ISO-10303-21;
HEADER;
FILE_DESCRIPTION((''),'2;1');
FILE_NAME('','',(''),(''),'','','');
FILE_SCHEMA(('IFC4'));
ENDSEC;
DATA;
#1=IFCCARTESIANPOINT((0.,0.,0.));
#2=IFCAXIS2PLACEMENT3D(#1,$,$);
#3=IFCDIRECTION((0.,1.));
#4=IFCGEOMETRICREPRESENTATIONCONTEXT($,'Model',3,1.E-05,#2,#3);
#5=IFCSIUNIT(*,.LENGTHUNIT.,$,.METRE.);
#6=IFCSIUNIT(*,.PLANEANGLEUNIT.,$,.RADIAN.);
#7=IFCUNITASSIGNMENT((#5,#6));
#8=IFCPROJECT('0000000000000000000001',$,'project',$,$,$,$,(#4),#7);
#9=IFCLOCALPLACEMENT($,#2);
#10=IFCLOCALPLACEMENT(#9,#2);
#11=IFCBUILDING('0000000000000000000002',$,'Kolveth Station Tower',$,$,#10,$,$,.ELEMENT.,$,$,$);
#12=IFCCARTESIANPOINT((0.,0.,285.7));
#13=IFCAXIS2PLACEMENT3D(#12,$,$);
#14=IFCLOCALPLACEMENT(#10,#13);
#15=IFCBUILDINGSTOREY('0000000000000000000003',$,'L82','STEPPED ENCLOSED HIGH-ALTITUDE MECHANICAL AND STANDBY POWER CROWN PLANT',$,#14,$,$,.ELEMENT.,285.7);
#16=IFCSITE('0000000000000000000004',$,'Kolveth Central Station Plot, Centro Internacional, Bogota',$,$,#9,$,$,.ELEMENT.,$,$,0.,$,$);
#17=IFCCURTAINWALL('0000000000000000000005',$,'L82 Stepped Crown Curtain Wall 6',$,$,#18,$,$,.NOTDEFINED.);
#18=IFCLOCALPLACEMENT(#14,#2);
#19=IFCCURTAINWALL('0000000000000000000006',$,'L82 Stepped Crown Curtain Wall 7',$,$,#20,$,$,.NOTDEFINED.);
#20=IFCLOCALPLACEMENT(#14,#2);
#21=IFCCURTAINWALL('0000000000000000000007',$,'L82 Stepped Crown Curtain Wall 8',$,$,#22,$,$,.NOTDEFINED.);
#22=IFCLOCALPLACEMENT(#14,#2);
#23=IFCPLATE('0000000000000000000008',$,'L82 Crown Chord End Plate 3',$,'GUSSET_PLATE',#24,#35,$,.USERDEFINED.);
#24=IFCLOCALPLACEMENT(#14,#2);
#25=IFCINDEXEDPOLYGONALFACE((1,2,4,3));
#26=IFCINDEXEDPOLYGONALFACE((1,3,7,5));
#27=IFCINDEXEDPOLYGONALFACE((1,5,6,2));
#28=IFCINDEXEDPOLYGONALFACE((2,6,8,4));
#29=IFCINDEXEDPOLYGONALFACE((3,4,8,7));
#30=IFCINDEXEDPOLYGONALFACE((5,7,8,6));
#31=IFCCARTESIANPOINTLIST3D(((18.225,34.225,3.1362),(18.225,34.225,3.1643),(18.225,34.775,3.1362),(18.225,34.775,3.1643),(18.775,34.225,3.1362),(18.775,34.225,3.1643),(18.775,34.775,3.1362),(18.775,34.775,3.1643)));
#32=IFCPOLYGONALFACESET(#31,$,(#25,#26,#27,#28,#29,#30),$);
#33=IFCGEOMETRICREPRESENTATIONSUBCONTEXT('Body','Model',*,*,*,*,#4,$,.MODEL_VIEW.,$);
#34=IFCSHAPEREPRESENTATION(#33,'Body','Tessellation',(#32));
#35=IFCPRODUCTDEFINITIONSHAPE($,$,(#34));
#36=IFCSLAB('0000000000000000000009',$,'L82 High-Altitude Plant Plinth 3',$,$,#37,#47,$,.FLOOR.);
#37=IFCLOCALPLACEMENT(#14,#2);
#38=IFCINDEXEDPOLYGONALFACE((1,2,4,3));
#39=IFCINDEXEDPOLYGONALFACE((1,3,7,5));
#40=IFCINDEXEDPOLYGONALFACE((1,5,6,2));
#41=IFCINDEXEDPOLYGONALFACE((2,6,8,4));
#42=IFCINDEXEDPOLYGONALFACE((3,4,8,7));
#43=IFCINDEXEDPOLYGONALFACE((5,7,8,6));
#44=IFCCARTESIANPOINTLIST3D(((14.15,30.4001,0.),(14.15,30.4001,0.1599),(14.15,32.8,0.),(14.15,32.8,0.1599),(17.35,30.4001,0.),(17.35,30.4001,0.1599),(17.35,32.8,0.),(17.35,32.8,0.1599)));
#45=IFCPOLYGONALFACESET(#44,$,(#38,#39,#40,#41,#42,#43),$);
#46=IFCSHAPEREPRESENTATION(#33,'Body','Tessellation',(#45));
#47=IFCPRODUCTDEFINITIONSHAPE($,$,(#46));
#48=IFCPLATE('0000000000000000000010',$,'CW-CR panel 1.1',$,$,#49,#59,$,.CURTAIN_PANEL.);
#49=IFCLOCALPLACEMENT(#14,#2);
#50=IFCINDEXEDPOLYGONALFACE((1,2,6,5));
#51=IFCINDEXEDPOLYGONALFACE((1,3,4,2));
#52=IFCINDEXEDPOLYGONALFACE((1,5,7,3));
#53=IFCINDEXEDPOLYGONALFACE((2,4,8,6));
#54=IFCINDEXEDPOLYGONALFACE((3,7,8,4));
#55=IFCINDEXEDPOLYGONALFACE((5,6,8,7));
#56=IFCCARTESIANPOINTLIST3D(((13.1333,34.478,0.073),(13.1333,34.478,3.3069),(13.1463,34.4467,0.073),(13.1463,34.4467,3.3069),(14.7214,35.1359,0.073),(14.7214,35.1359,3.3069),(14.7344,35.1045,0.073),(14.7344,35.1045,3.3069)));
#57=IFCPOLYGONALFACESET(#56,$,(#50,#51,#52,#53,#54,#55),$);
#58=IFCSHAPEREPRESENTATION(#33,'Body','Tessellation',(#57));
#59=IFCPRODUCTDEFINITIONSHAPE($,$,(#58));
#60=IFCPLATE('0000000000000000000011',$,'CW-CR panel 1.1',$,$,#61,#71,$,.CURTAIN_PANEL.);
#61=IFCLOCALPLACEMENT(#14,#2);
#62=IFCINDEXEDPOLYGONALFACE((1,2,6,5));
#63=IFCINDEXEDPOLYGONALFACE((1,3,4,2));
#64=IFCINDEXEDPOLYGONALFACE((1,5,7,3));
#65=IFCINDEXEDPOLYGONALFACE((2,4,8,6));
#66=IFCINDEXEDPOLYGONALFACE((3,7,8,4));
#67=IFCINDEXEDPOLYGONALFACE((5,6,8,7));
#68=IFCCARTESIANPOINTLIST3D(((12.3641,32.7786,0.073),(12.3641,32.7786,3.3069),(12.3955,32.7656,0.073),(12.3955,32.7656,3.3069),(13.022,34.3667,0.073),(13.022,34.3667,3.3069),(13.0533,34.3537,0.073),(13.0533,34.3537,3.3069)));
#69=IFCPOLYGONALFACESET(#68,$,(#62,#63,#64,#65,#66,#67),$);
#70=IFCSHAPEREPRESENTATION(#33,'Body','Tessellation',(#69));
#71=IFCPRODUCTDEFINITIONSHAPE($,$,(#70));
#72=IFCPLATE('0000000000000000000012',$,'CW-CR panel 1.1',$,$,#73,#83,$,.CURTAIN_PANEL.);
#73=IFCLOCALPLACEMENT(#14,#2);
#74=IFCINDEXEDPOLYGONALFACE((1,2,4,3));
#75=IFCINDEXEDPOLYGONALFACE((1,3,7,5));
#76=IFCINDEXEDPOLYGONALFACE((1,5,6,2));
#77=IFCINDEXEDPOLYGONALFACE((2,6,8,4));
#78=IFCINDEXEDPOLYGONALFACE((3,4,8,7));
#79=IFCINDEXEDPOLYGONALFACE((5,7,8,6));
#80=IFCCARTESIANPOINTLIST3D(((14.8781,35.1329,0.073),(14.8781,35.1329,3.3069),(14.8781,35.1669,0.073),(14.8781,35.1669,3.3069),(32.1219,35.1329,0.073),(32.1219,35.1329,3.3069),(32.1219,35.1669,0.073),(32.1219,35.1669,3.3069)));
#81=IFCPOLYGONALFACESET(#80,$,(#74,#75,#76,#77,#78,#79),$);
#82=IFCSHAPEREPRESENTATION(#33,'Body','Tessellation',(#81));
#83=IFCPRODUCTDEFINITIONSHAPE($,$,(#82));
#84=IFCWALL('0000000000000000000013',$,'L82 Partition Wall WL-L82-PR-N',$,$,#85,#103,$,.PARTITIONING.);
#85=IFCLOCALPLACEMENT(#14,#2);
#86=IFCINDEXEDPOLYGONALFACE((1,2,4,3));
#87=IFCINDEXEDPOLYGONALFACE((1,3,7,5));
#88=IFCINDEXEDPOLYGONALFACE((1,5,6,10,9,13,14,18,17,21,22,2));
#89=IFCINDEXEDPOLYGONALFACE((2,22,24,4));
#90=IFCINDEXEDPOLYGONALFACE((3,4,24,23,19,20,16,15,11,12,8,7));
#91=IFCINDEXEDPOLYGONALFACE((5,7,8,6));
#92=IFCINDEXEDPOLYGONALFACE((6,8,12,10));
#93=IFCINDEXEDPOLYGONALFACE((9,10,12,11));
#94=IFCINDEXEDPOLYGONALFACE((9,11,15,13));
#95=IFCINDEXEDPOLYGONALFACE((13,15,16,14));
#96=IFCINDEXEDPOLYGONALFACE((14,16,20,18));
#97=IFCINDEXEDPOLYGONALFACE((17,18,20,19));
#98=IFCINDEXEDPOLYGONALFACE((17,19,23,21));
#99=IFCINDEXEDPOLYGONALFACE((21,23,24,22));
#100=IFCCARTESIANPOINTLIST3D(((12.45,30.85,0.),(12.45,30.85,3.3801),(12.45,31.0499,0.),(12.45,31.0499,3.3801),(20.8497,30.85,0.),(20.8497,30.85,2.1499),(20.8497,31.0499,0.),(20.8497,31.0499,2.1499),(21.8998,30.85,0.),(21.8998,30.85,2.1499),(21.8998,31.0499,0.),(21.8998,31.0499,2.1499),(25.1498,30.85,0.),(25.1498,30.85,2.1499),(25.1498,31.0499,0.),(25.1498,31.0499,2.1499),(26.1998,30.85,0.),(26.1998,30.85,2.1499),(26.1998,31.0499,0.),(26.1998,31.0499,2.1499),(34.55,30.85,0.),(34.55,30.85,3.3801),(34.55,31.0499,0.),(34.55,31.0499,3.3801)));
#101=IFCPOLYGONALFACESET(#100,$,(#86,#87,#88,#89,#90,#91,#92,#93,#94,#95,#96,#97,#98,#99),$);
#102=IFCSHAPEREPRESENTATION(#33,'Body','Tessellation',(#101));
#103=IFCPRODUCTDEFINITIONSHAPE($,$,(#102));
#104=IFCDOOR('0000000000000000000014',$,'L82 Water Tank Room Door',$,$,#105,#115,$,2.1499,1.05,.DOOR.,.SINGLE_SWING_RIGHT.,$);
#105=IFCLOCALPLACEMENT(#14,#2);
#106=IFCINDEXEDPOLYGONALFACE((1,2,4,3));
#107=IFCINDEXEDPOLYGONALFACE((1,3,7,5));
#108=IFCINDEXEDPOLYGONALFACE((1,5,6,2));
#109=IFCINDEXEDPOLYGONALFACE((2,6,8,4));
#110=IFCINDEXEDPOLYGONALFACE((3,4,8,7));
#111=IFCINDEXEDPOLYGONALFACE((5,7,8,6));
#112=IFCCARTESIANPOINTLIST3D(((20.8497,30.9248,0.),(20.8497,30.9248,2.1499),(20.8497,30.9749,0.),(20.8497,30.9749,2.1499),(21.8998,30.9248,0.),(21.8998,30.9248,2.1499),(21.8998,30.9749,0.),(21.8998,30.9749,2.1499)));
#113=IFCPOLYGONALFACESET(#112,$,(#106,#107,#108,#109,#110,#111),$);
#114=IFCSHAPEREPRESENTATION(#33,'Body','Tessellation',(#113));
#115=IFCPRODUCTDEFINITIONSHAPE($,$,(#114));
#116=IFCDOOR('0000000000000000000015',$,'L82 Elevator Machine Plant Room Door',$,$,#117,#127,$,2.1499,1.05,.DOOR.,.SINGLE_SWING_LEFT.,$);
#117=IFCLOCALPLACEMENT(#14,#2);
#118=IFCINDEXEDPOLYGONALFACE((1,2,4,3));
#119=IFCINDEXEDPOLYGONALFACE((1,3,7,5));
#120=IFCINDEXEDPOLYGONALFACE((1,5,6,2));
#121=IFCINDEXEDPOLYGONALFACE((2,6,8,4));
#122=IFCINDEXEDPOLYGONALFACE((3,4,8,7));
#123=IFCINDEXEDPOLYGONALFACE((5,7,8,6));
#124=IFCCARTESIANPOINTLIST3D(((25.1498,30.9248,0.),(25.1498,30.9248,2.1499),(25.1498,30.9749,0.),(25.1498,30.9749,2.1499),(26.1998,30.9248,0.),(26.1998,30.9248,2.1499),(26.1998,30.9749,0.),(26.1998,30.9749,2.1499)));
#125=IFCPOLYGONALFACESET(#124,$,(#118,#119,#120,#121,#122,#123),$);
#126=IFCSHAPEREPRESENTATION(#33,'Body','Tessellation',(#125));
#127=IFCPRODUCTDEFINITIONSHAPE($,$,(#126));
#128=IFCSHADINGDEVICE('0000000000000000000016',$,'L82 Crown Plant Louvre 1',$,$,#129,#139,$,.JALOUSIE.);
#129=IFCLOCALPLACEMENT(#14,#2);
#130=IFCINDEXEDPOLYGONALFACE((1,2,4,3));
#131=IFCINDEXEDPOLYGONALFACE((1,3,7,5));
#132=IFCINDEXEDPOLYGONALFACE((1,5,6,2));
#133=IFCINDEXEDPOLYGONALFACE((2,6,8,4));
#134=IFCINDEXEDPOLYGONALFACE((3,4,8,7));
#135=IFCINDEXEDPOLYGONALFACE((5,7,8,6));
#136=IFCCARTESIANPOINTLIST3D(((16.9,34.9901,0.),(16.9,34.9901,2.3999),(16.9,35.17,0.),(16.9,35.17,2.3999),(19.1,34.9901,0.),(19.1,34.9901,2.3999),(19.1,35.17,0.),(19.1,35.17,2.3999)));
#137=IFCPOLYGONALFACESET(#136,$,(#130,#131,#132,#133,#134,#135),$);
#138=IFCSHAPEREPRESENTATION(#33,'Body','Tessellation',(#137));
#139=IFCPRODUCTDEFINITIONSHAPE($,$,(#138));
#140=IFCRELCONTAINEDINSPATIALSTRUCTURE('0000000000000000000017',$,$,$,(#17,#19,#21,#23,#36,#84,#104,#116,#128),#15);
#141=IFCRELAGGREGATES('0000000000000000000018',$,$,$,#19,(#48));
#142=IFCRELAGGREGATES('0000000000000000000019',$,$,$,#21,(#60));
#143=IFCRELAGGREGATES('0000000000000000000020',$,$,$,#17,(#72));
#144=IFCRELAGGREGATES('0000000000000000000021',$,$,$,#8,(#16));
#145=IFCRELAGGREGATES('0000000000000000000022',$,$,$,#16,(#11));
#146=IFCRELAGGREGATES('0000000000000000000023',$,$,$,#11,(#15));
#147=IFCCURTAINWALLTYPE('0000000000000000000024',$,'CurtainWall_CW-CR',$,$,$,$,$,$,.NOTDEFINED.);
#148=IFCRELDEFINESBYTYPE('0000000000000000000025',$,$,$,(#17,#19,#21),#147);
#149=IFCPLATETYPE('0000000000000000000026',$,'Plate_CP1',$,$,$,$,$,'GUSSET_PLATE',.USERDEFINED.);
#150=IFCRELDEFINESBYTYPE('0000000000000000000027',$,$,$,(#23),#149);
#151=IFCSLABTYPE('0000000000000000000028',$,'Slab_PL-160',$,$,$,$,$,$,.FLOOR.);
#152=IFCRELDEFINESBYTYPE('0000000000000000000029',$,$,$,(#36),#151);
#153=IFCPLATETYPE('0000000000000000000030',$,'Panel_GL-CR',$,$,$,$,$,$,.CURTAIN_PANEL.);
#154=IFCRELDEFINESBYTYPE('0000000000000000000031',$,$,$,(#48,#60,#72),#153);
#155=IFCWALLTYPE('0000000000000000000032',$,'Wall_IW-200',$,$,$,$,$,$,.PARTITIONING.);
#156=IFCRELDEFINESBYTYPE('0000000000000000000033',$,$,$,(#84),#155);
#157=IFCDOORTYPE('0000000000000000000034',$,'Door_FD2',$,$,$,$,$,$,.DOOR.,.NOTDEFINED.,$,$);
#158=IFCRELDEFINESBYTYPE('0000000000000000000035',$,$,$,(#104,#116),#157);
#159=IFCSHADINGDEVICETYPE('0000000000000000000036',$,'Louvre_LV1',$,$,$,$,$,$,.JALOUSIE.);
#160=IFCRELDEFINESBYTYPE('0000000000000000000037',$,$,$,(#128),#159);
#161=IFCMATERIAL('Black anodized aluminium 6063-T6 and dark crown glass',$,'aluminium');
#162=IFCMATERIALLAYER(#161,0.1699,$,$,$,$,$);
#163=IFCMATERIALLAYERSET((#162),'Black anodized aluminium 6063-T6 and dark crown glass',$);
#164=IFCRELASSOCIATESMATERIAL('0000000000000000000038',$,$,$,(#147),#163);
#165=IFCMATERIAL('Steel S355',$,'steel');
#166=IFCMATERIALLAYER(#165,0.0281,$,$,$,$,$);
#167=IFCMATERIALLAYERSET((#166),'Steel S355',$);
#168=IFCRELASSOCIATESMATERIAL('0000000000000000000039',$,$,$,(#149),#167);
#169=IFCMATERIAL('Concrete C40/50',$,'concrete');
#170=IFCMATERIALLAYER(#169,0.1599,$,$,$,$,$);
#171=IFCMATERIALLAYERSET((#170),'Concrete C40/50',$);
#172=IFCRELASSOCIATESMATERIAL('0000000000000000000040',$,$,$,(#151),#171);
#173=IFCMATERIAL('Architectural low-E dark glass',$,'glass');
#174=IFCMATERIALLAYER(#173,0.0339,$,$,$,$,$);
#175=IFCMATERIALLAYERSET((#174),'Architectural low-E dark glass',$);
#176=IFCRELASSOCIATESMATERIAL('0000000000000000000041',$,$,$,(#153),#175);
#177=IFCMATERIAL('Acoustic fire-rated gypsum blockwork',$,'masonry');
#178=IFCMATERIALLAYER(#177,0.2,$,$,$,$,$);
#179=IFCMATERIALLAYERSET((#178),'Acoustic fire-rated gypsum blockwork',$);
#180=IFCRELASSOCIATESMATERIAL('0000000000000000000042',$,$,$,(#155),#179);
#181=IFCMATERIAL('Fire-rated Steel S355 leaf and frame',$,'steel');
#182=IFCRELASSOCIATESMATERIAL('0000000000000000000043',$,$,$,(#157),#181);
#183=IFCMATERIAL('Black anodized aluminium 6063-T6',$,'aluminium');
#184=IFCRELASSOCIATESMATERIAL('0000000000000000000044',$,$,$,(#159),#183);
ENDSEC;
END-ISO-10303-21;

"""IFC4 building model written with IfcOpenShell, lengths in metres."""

from ifc_helpers import new_model, si_unit, direction, frame, frame_2d, origin, origin_2d, place, context, subcontext, project, spatial, rectangle, extrude, source, transform, mapped, material, layer, layer_set, type_object, element, fill, aggregate, save


model = new_model("IFC4")

# Units and contexts
model_context = context("Model", 3, precision=1e-05, world=origin(), true_north=direction((0.0, 1.0)))
body_context = subcontext(model_context, "Body", "Model", "MODEL_VIEW")
ifc_project = project(units=[si_unit("LENGTHUNIT", "METRE"), si_unit("PLANEANGLEUNIT", "RADIAN")], contexts=[model_context])

# Site, building, storey
site_placement = place(None, origin())
site = spatial("IfcSite", under=ifc_project, at=site_placement, Name="Kolveth Central Station Plot, Centro Internacional, Bogota", CompositionType="ELEMENT", RefElevation=0.0)
building_placement = place(site_placement, origin())
building = spatial("IfcBuilding", under=site, at=building_placement, Name="Kolveth Station Tower", CompositionType="ELEMENT")
storey_placement = place(building_placement, frame((0.0, 0.0, 285.7)))
storey = spatial("IfcBuildingStorey", under=building, at=storey_placement, Name="L82", Description="STEPPED ENCLOSED HIGH-ALTITUDE MECHANICAL AND STANDBY POWER CROWN PLANT", CompositionType="ELEMENT", Elevation=285.7)

# Shared definitions
ifc_material_1 = material(Name="Steel S355", Category="steel")

# Curtain wall
ifc_material_2 = material(Name="Black anodized aluminium 6063-T6 and dark crown glass", Category="aluminium")
ifc_layer_1 = layer(ifc_material_2, 0.1699)
ifc_layer_set_1 = layer_set([ifc_layer_1], Name="Black anodized aluminium 6063-T6 and dark crown glass")
curtain_wall_type = type_object("IfcCurtainWallType", Name="CurtainWall_CW-CR", PredefinedType="NOTDEFINED", material=ifc_layer_set_1)
curtain_wall_1_placement = place(storey_placement, origin())
curtain_wall_1 = element("IfcCurtainWall", 1, at=curtain_wall_1_placement, inside=storey, type_object=curtain_wall_type, Name="L82 Stepped Crown Curtain Wall 6", PredefinedType="NOTDEFINED")
ifc_material_3 = material(Name="Black anodized aluminium 6063-T6", Category="aluminium")

# Curtain walls
curtain_wall_2_placement = place(storey_placement, origin())
curtain_wall_2 = element("IfcCurtainWall", 2, at=curtain_wall_2_placement, inside=storey, type_object=curtain_wall_type, Name="L82 Stepped Crown Curtain Wall 7", PredefinedType="NOTDEFINED")
curtain_wall_3_placement = place(storey_placement, origin())
curtain_wall_3 = element("IfcCurtainWall", 3, at=curtain_wall_3_placement, inside=storey, type_object=curtain_wall_type, Name="L82 Stepped Crown Curtain Wall 8", PredefinedType="NOTDEFINED")

# Plate
ifc_layer_2 = layer(ifc_material_1, 0.0281)
ifc_layer_set_2 = layer_set([ifc_layer_2], Name="Steel S355")
plate_type_1 = type_object("IfcPlateType", Name="Plate_CP1", ElementType="GUSSET_PLATE", PredefinedType="USERDEFINED", material=ifc_layer_set_2)
shared_shape_1 = source(origin(), body_context, "Body", "SweptSolid", [
    extrude(rectangle(XDim=0.55, YDim=0.55, at=origin_2d()), origin(), (0.0, 0.0, 1.0), 0.0281),
])
plate_1_placement = place(storey_placement, frame((18.5, 34.5, 3.1362), z_axis=(0.0, 0.0, 1.0), x_axis=(1.0, 0.0, 0.0)))
element("IfcPlate", 4, at=plate_1_placement, inside=storey, type_object=plate_type_1, Name="L82 Crown Chord End Plate 3", ObjectType="GUSSET_PLATE", PredefinedType="USERDEFINED", context=body_context, shape_type="MappedRepresentation", body=[
    mapped(shared_shape_1, transform((0.0, 0.0, 0.0), x_axis=(1.0, 0.0, 0.0), y_axis=(0.0, 1.0, 0.0), z_axis=(0.0, 0.0, 1.0), scale=1.0)),
])

# Slab
ifc_material_4 = material(Name="Concrete C40/50", Category="concrete")
ifc_layer_3 = layer(ifc_material_4, 0.1599)
ifc_layer_set_3 = layer_set([ifc_layer_3], Name="Concrete C40/50")
slab_type = type_object("IfcSlabType", Name="Slab_PL-160", PredefinedType="FLOOR", material=ifc_layer_set_3)
shared_shape_2 = source(origin(), body_context, "Body", "SweptSolid", [
    extrude(rectangle(XDim=3.2, YDim=2.3999, at=origin_2d()), origin(), (0.0, 0.0, 1.0), 0.1599),
])
slab_placement = place(storey_placement, frame((15.75, 31.6001, 0.0), z_axis=(0.0, 0.0, 1.0), x_axis=(1.0, 0.0, 0.0)))
element("IfcSlab", 5, at=slab_placement, inside=storey, type_object=slab_type, Name="L82 High-Altitude Plant Plinth 3", PredefinedType="FLOOR", context=body_context, shape_type="MappedRepresentation", body=[
    mapped(shared_shape_2, transform((0.0, 0.0, 0.0), x_axis=(1.0, 0.0, 0.0), y_axis=(0.0, 1.0, 0.0), z_axis=(0.0, 0.0, 1.0), scale=1.0)),
])

# Plates
ifc_material_5 = material(Name="Architectural low-E dark glass", Category="glass")
ifc_layer_4 = layer(ifc_material_5, 0.0339)
ifc_layer_set_4 = layer_set([ifc_layer_4], Name="Architectural low-E dark glass")
plate_type_2 = type_object("IfcPlateType", Name="Panel_GL-CR", PredefinedType="CURTAIN_PANEL", material=ifc_layer_set_4)
shared_shape_3 = source(origin(), body_context, "Body", "SweptSolid", [
    extrude(rectangle(XDim=1.719, YDim=0.0339, at=origin_2d()), origin(), (0.0, 0.0, 1.0), 3.2339),
])
plate_2_placement = place(storey_placement, frame((13.9338, 34.7913, 0.073), z_axis=(0.0, 0.0, 1.0), x_axis=(-0.923876, -0.382691, 0.0)))
plate_2 = element("IfcPlate", 6, at=plate_2_placement, type_object=plate_type_2, Name="CW-CR panel 1.1", PredefinedType="CURTAIN_PANEL", context=body_context, shape_type="MappedRepresentation", body=[
    mapped(shared_shape_3, transform((0.0, 0.0, 0.0), x_axis=(1.0, 0.0, 0.0), y_axis=(0.0, 1.0, 0.0), z_axis=(0.0, 0.0, 1.0), scale=1.0)),
])
aggregate(curtain_wall_2, [plate_2])
plate_3_placement = place(storey_placement, frame((12.7087, 33.5662, 0.073), z_axis=(0.0, 0.0, 1.0), x_axis=(-0.382691, -0.923876, 0.0)))
plate_3 = element("IfcPlate", 7, at=plate_3_placement, type_object=plate_type_2, Name="CW-CR panel 1.1", PredefinedType="CURTAIN_PANEL", context=body_context, shape_type="MappedRepresentation", body=[
    mapped(shared_shape_3, transform((0.0, 0.0, 0.0), x_axis=(1.0, 0.0, 0.0), y_axis=(0.0, 1.0, 0.0), z_axis=(0.0, 0.0, 1.0), scale=1.0)),
])
aggregate(curtain_wall_3, [plate_3])
shared_shape_4 = source(origin(), body_context, "Body", "SweptSolid", [
    extrude(rectangle(XDim=17.2439, YDim=0.0339, at=origin_2d()), origin(), (0.0, 0.0, 1.0), 3.2339),
])
plate_4_placement = place(storey_placement, frame((23.5, 35.1499, 0.073), z_axis=(0.0, 0.0, 1.0), x_axis=(-1.0, 0.0, 0.0)))
plate_4 = element("IfcPlate", 8, at=plate_4_placement, type_object=plate_type_2, Name="CW-CR panel 1.1", PredefinedType="CURTAIN_PANEL", context=body_context, shape_type="MappedRepresentation", body=[
    mapped(shared_shape_4, transform((0.0, 0.0, 0.0), x_axis=(1.0, 0.0, 0.0), y_axis=(0.0, 1.0, 0.0), z_axis=(0.0, 0.0, 1.0), scale=1.0)),
])
aggregate(curtain_wall_1, [plate_4])

# Wall, openings, doors
ifc_material_6 = material(Name="Acoustic fire-rated gypsum blockwork", Category="masonry")
ifc_layer_5 = layer(ifc_material_6, 0.2)
ifc_layer_set_5 = layer_set([ifc_layer_5], Name="Acoustic fire-rated gypsum blockwork")
wall_type = type_object("IfcWallType", Name="Wall_IW-200", PredefinedType="PARTITIONING", material=ifc_layer_set_5)
wall_placement = place(storey_placement, frame((12.45, 30.95, 0.0), z_axis=(0.0, 0.0, 1.0), x_axis=(1.0, 0.0, 0.0)))
wall = element("IfcWall", 9, at=wall_placement, inside=storey, type_object=wall_type, Name="L82 Partition Wall WL-L82-PR-N", PredefinedType="PARTITIONING", context=body_context, shape_type="SweptSolid", body=[
    extrude(rectangle(XDim=22.1001, YDim=0.2, at=frame_2d((11.05, 0.0))), origin(), (0.0, 0.0, 1.0), 3.3801),
])
opening_1_placement = place(wall_placement, frame((8.3999, 0.0, 0.0)))
opening_1 = element("IfcOpeningElement", 10, at=opening_1_placement, cuts=wall, PredefinedType="OPENING", context=body_context, shape_type="SweptSolid", body=[
    extrude(rectangle(XDim=1.05, YDim=2.1499, at=frame_2d((0.5249, 1.075))), frame((0.0, 0.1099, 0.0), z_axis=(0.0, -1.0, 0.0), x_axis=(1.0, 0.0, 0.0)), (0.0, 0.0, 1.0), 0.22),
])
opening_2_placement = place(wall_placement, frame((12.7, 0.0, 0.0)))
opening_2 = element("IfcOpeningElement", 11, at=opening_2_placement, cuts=wall, PredefinedType="OPENING", context=body_context, shape_type="SweptSolid", body=[
    extrude(rectangle(XDim=1.05, YDim=2.1499, at=frame_2d((0.5249, 1.075))), frame((0.0, 0.1099, 0.0), z_axis=(0.0, -1.0, 0.0), x_axis=(1.0, 0.0, 0.0)), (0.0, 0.0, 1.0), 0.22),
])
ifc_material_7 = material(Name="Fire-rated Steel S355 leaf and frame", Category="steel")
door_type = type_object("IfcDoorType", Name="Door_FD2", OperationType="NOTDEFINED", PredefinedType="DOOR", material=ifc_material_7)
door_1_placement = place(opening_1_placement, origin())
door_1 = element("IfcDoor", 12, at=door_1_placement, inside=storey, type_object=door_type, Name="L82 Water Tank Room Door", OperationType="SINGLE_SWING_RIGHT", OverallHeight=2.1499, OverallWidth=1.05, PredefinedType="DOOR", context=body_context, shape_type="SweptSolid", body=[
    extrude(rectangle(XDim=1.05, YDim=2.1499, at=frame_2d((0.5249, 1.075))), frame((0.0, 0.0249, 0.0), z_axis=(0.0, -1.0, 0.0), x_axis=(1.0, 0.0, 0.0)), (0.0, 0.0, 1.0), 0.05),
])
fill(opening_1, door_1)
door_2_placement = place(opening_2_placement, origin())
door_2 = element("IfcDoor", 13, at=door_2_placement, inside=storey, type_object=door_type, Name="L82 Elevator Machine Plant Room Door", OperationType="SINGLE_SWING_LEFT", OverallHeight=2.1499, OverallWidth=1.05, PredefinedType="DOOR", context=body_context, shape_type="SweptSolid", body=[
    extrude(rectangle(XDim=1.05, YDim=2.1499, at=frame_2d((0.5249, 1.075))), frame((0.0, 0.0249, 0.0), z_axis=(0.0, -1.0, 0.0), x_axis=(1.0, 0.0, 0.0)), (0.0, 0.0, 1.0), 0.05),
])
fill(opening_2, door_2)

# Shading device
shading_device_type = type_object("IfcShadingDeviceType", Name="Louvre_LV1", PredefinedType="JALOUSIE", material=ifc_material_3)
shared_shape_5 = source(origin(), body_context, "Body", "SweptSolid", [
    extrude(rectangle(XDim=2.2, YDim=0.1799, at=origin_2d()), origin(), (0.0, 0.0, 1.0), 2.3999),
])
shading_device_placement = place(storey_placement, frame((18.0, 35.0801, 0.0), z_axis=(0.0, 0.0, 1.0), x_axis=(1.0, 0.0, 0.0)))
element("IfcShadingDevice", 14, at=shading_device_placement, inside=storey, type_object=shading_device_type, Name="L82 Crown Plant Louvre 1", PredefinedType="JALOUSIE", context=body_context, shape_type="MappedRepresentation", body=[
    mapped(shared_shape_5, transform((0.0, 0.0, 0.0), x_axis=(1.0, 0.0, 0.0), y_axis=(0.0, 1.0, 0.0), z_axis=(0.0, 0.0, 1.0), scale=1.0)),
])

save(model, "model.ifc")
